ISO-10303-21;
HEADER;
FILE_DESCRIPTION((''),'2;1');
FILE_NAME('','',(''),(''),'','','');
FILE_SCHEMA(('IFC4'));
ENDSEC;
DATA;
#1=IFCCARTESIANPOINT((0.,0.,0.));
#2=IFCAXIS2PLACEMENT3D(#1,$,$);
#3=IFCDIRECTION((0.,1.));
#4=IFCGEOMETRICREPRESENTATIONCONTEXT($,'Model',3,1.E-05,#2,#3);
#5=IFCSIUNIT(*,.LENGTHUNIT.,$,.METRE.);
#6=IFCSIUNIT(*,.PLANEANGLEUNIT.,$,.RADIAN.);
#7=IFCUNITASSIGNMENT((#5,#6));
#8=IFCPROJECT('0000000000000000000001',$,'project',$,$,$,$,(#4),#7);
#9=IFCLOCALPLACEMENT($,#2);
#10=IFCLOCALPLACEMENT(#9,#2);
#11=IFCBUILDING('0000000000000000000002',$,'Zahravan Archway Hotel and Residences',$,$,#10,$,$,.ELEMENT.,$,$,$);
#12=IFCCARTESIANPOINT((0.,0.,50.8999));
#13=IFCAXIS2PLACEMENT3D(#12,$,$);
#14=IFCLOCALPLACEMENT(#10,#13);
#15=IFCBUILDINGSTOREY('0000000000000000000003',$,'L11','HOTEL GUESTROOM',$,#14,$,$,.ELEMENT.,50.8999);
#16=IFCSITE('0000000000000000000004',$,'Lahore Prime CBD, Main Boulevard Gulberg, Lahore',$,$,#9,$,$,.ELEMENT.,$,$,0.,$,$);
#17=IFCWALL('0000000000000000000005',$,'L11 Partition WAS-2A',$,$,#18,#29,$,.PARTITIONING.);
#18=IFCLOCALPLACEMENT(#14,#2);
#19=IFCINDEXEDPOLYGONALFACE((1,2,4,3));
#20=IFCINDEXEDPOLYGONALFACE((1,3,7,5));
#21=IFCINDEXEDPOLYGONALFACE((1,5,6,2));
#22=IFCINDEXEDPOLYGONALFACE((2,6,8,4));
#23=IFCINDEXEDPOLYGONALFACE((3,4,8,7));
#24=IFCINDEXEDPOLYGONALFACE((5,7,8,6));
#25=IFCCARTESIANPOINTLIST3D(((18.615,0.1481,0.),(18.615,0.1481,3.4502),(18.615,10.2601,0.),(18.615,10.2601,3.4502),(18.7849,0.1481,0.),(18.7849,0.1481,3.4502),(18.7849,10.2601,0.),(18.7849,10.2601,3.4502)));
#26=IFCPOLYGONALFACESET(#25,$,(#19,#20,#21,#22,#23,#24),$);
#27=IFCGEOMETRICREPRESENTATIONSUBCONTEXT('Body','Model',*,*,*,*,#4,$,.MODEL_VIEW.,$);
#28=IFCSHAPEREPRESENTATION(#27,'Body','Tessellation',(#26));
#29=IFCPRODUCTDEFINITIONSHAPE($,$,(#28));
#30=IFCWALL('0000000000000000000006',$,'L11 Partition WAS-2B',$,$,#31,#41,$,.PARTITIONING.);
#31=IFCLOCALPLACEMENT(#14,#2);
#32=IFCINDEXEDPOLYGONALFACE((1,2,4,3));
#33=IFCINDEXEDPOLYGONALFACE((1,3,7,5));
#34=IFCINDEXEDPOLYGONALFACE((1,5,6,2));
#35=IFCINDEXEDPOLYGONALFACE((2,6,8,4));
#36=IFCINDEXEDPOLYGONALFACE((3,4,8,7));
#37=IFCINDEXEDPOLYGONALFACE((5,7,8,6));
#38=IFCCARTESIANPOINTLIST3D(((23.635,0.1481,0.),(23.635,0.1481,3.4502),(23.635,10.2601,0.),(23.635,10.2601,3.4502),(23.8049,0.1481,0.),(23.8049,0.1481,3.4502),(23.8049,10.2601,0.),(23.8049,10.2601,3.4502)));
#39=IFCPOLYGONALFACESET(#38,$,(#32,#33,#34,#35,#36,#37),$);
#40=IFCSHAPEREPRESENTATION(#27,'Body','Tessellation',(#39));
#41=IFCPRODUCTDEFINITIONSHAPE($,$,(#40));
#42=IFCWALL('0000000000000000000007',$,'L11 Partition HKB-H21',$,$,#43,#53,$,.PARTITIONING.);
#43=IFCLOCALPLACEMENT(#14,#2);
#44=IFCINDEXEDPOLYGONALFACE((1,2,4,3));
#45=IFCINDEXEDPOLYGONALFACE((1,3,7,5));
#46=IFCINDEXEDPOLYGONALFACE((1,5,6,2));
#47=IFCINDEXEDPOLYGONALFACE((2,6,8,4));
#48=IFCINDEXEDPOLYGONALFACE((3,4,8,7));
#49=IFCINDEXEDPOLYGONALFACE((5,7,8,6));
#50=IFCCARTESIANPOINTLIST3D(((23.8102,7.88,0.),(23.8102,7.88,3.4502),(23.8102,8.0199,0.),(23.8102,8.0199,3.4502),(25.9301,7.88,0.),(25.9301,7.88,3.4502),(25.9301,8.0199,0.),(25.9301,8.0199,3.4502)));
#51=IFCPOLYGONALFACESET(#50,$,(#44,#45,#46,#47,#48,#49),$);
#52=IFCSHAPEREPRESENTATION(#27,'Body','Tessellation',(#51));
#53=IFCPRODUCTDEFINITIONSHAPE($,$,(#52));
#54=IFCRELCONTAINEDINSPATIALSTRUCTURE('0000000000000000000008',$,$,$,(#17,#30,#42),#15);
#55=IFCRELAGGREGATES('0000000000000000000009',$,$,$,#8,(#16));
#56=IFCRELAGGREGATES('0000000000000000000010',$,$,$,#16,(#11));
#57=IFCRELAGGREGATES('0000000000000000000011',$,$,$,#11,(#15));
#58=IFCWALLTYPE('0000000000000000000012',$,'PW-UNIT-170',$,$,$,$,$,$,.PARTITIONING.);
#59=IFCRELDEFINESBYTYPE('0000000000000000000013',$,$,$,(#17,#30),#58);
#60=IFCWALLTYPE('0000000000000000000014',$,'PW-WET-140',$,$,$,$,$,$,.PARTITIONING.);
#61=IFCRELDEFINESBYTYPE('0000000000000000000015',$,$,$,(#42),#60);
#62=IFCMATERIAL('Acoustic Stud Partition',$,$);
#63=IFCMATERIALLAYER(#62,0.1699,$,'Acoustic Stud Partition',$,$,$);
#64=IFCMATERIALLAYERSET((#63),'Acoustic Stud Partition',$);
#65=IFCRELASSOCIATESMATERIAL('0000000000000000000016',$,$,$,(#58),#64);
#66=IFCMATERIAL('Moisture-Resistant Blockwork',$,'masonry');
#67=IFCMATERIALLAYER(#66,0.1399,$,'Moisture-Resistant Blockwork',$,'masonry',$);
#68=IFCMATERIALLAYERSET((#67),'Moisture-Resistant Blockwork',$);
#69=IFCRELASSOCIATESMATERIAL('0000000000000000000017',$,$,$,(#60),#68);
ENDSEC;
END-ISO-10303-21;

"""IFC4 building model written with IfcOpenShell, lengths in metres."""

from ifc_helpers import new_model, si_unit, direction, frame, frame_2d, origin, place, context, subcontext, project, spatial, rectangle, extrude, material, layer, layer_set, type_object, element, save


model = new_model("IFC4")

# Units and contexts
model_context = context("Model", 3, precision=1e-05, world=origin(), true_north=direction((0.0, 1.0)))
body_context = subcontext(model_context, "Body", "Model", "MODEL_VIEW")
ifc_project = project(units=[si_unit("LENGTHUNIT", "METRE"), si_unit("PLANEANGLEUNIT", "RADIAN")], contexts=[model_context])

# Site, building, storey
site_placement = place(None, origin())
site = spatial("IfcSite", under=ifc_project, at=site_placement, Name="Lahore Prime CBD, Main Boulevard Gulberg, Lahore", CompositionType="ELEMENT", RefElevation=0.0)
building_placement = place(site_placement, origin())
building = spatial("IfcBuilding", under=site, at=building_placement, Name="Zahravan Archway Hotel and Residences", CompositionType="ELEMENT")
storey_placement = place(building_placement, frame((0.0, 0.0, 50.8999)))
storey = spatial("IfcBuildingStorey", under=building, at=storey_placement, Name="L11", Description="HOTEL GUESTROOM", CompositionType="ELEMENT", Elevation=50.8999)

# Walls
ifc_material_1 = material(Name="Acoustic Stud Partition")
ifc_layer_1 = layer(ifc_material_1, 0.1699, Name="Acoustic Stud Partition")
ifc_layer_set_1 = layer_set([ifc_layer_1], Name="Acoustic Stud Partition")
wall_type_1 = type_object("IfcWallType", Name="PW-UNIT-170", PredefinedType="PARTITIONING", material=ifc_layer_set_1)
for number, where, z_axis, x_axis, name in (
    (1, (18.7, 0.1479, 0.0), (0.0, 0.0, 1.0), (0.0, 1.0, 0.0), "L11 Partition WAS-2A"),
    (2, (23.72, 0.1479, 0.0), (0.0, 0.0, 1.0), (0.0, 1.0, 0.0), "L11 Partition WAS-2B"),
):
    element("IfcWall", number, at=place(storey_placement, frame(where, z_axis=z_axis, x_axis=x_axis)), inside=storey, type_object=wall_type_1, Name=name, PredefinedType="PARTITIONING", context=body_context, shape_type="SweptSolid", body=[
        extrude(rectangle(XDim=10.1121, YDim=0.1699, at=frame_2d((5.0562, 0.0))), origin(), (0.0, 0.0, 1.0), 3.4502),
    ])
ifc_material_2 = material(Name="Moisture-Resistant Blockwork", Category="masonry")
ifc_layer_2 = layer(ifc_material_2, 0.1399, Name="Moisture-Resistant Blockwork", Category="masonry")
ifc_layer_set_2 = layer_set([ifc_layer_2], Name="Moisture-Resistant Blockwork")
wall_type_2 = type_object("IfcWallType", Name="PW-WET-140", PredefinedType="PARTITIONING", material=ifc_layer_set_2)
wall_placement = place(storey_placement, frame((23.8101, 7.95, 0.0), z_axis=(0.0, 0.0, 1.0), x_axis=(1.0, 0.0, 0.0)))
element("IfcWall", 3, at=wall_placement, inside=storey, type_object=wall_type_2, Name="L11 Partition HKB-H21", PredefinedType="PARTITIONING", context=body_context, shape_type="SweptSolid", body=[
    extrude(rectangle(XDim=2.1199, YDim=0.1399, at=frame_2d((1.0601, 0.0))), origin(), (0.0, 0.0, 1.0), 3.4502),
])

save(model, "model.ifc")
